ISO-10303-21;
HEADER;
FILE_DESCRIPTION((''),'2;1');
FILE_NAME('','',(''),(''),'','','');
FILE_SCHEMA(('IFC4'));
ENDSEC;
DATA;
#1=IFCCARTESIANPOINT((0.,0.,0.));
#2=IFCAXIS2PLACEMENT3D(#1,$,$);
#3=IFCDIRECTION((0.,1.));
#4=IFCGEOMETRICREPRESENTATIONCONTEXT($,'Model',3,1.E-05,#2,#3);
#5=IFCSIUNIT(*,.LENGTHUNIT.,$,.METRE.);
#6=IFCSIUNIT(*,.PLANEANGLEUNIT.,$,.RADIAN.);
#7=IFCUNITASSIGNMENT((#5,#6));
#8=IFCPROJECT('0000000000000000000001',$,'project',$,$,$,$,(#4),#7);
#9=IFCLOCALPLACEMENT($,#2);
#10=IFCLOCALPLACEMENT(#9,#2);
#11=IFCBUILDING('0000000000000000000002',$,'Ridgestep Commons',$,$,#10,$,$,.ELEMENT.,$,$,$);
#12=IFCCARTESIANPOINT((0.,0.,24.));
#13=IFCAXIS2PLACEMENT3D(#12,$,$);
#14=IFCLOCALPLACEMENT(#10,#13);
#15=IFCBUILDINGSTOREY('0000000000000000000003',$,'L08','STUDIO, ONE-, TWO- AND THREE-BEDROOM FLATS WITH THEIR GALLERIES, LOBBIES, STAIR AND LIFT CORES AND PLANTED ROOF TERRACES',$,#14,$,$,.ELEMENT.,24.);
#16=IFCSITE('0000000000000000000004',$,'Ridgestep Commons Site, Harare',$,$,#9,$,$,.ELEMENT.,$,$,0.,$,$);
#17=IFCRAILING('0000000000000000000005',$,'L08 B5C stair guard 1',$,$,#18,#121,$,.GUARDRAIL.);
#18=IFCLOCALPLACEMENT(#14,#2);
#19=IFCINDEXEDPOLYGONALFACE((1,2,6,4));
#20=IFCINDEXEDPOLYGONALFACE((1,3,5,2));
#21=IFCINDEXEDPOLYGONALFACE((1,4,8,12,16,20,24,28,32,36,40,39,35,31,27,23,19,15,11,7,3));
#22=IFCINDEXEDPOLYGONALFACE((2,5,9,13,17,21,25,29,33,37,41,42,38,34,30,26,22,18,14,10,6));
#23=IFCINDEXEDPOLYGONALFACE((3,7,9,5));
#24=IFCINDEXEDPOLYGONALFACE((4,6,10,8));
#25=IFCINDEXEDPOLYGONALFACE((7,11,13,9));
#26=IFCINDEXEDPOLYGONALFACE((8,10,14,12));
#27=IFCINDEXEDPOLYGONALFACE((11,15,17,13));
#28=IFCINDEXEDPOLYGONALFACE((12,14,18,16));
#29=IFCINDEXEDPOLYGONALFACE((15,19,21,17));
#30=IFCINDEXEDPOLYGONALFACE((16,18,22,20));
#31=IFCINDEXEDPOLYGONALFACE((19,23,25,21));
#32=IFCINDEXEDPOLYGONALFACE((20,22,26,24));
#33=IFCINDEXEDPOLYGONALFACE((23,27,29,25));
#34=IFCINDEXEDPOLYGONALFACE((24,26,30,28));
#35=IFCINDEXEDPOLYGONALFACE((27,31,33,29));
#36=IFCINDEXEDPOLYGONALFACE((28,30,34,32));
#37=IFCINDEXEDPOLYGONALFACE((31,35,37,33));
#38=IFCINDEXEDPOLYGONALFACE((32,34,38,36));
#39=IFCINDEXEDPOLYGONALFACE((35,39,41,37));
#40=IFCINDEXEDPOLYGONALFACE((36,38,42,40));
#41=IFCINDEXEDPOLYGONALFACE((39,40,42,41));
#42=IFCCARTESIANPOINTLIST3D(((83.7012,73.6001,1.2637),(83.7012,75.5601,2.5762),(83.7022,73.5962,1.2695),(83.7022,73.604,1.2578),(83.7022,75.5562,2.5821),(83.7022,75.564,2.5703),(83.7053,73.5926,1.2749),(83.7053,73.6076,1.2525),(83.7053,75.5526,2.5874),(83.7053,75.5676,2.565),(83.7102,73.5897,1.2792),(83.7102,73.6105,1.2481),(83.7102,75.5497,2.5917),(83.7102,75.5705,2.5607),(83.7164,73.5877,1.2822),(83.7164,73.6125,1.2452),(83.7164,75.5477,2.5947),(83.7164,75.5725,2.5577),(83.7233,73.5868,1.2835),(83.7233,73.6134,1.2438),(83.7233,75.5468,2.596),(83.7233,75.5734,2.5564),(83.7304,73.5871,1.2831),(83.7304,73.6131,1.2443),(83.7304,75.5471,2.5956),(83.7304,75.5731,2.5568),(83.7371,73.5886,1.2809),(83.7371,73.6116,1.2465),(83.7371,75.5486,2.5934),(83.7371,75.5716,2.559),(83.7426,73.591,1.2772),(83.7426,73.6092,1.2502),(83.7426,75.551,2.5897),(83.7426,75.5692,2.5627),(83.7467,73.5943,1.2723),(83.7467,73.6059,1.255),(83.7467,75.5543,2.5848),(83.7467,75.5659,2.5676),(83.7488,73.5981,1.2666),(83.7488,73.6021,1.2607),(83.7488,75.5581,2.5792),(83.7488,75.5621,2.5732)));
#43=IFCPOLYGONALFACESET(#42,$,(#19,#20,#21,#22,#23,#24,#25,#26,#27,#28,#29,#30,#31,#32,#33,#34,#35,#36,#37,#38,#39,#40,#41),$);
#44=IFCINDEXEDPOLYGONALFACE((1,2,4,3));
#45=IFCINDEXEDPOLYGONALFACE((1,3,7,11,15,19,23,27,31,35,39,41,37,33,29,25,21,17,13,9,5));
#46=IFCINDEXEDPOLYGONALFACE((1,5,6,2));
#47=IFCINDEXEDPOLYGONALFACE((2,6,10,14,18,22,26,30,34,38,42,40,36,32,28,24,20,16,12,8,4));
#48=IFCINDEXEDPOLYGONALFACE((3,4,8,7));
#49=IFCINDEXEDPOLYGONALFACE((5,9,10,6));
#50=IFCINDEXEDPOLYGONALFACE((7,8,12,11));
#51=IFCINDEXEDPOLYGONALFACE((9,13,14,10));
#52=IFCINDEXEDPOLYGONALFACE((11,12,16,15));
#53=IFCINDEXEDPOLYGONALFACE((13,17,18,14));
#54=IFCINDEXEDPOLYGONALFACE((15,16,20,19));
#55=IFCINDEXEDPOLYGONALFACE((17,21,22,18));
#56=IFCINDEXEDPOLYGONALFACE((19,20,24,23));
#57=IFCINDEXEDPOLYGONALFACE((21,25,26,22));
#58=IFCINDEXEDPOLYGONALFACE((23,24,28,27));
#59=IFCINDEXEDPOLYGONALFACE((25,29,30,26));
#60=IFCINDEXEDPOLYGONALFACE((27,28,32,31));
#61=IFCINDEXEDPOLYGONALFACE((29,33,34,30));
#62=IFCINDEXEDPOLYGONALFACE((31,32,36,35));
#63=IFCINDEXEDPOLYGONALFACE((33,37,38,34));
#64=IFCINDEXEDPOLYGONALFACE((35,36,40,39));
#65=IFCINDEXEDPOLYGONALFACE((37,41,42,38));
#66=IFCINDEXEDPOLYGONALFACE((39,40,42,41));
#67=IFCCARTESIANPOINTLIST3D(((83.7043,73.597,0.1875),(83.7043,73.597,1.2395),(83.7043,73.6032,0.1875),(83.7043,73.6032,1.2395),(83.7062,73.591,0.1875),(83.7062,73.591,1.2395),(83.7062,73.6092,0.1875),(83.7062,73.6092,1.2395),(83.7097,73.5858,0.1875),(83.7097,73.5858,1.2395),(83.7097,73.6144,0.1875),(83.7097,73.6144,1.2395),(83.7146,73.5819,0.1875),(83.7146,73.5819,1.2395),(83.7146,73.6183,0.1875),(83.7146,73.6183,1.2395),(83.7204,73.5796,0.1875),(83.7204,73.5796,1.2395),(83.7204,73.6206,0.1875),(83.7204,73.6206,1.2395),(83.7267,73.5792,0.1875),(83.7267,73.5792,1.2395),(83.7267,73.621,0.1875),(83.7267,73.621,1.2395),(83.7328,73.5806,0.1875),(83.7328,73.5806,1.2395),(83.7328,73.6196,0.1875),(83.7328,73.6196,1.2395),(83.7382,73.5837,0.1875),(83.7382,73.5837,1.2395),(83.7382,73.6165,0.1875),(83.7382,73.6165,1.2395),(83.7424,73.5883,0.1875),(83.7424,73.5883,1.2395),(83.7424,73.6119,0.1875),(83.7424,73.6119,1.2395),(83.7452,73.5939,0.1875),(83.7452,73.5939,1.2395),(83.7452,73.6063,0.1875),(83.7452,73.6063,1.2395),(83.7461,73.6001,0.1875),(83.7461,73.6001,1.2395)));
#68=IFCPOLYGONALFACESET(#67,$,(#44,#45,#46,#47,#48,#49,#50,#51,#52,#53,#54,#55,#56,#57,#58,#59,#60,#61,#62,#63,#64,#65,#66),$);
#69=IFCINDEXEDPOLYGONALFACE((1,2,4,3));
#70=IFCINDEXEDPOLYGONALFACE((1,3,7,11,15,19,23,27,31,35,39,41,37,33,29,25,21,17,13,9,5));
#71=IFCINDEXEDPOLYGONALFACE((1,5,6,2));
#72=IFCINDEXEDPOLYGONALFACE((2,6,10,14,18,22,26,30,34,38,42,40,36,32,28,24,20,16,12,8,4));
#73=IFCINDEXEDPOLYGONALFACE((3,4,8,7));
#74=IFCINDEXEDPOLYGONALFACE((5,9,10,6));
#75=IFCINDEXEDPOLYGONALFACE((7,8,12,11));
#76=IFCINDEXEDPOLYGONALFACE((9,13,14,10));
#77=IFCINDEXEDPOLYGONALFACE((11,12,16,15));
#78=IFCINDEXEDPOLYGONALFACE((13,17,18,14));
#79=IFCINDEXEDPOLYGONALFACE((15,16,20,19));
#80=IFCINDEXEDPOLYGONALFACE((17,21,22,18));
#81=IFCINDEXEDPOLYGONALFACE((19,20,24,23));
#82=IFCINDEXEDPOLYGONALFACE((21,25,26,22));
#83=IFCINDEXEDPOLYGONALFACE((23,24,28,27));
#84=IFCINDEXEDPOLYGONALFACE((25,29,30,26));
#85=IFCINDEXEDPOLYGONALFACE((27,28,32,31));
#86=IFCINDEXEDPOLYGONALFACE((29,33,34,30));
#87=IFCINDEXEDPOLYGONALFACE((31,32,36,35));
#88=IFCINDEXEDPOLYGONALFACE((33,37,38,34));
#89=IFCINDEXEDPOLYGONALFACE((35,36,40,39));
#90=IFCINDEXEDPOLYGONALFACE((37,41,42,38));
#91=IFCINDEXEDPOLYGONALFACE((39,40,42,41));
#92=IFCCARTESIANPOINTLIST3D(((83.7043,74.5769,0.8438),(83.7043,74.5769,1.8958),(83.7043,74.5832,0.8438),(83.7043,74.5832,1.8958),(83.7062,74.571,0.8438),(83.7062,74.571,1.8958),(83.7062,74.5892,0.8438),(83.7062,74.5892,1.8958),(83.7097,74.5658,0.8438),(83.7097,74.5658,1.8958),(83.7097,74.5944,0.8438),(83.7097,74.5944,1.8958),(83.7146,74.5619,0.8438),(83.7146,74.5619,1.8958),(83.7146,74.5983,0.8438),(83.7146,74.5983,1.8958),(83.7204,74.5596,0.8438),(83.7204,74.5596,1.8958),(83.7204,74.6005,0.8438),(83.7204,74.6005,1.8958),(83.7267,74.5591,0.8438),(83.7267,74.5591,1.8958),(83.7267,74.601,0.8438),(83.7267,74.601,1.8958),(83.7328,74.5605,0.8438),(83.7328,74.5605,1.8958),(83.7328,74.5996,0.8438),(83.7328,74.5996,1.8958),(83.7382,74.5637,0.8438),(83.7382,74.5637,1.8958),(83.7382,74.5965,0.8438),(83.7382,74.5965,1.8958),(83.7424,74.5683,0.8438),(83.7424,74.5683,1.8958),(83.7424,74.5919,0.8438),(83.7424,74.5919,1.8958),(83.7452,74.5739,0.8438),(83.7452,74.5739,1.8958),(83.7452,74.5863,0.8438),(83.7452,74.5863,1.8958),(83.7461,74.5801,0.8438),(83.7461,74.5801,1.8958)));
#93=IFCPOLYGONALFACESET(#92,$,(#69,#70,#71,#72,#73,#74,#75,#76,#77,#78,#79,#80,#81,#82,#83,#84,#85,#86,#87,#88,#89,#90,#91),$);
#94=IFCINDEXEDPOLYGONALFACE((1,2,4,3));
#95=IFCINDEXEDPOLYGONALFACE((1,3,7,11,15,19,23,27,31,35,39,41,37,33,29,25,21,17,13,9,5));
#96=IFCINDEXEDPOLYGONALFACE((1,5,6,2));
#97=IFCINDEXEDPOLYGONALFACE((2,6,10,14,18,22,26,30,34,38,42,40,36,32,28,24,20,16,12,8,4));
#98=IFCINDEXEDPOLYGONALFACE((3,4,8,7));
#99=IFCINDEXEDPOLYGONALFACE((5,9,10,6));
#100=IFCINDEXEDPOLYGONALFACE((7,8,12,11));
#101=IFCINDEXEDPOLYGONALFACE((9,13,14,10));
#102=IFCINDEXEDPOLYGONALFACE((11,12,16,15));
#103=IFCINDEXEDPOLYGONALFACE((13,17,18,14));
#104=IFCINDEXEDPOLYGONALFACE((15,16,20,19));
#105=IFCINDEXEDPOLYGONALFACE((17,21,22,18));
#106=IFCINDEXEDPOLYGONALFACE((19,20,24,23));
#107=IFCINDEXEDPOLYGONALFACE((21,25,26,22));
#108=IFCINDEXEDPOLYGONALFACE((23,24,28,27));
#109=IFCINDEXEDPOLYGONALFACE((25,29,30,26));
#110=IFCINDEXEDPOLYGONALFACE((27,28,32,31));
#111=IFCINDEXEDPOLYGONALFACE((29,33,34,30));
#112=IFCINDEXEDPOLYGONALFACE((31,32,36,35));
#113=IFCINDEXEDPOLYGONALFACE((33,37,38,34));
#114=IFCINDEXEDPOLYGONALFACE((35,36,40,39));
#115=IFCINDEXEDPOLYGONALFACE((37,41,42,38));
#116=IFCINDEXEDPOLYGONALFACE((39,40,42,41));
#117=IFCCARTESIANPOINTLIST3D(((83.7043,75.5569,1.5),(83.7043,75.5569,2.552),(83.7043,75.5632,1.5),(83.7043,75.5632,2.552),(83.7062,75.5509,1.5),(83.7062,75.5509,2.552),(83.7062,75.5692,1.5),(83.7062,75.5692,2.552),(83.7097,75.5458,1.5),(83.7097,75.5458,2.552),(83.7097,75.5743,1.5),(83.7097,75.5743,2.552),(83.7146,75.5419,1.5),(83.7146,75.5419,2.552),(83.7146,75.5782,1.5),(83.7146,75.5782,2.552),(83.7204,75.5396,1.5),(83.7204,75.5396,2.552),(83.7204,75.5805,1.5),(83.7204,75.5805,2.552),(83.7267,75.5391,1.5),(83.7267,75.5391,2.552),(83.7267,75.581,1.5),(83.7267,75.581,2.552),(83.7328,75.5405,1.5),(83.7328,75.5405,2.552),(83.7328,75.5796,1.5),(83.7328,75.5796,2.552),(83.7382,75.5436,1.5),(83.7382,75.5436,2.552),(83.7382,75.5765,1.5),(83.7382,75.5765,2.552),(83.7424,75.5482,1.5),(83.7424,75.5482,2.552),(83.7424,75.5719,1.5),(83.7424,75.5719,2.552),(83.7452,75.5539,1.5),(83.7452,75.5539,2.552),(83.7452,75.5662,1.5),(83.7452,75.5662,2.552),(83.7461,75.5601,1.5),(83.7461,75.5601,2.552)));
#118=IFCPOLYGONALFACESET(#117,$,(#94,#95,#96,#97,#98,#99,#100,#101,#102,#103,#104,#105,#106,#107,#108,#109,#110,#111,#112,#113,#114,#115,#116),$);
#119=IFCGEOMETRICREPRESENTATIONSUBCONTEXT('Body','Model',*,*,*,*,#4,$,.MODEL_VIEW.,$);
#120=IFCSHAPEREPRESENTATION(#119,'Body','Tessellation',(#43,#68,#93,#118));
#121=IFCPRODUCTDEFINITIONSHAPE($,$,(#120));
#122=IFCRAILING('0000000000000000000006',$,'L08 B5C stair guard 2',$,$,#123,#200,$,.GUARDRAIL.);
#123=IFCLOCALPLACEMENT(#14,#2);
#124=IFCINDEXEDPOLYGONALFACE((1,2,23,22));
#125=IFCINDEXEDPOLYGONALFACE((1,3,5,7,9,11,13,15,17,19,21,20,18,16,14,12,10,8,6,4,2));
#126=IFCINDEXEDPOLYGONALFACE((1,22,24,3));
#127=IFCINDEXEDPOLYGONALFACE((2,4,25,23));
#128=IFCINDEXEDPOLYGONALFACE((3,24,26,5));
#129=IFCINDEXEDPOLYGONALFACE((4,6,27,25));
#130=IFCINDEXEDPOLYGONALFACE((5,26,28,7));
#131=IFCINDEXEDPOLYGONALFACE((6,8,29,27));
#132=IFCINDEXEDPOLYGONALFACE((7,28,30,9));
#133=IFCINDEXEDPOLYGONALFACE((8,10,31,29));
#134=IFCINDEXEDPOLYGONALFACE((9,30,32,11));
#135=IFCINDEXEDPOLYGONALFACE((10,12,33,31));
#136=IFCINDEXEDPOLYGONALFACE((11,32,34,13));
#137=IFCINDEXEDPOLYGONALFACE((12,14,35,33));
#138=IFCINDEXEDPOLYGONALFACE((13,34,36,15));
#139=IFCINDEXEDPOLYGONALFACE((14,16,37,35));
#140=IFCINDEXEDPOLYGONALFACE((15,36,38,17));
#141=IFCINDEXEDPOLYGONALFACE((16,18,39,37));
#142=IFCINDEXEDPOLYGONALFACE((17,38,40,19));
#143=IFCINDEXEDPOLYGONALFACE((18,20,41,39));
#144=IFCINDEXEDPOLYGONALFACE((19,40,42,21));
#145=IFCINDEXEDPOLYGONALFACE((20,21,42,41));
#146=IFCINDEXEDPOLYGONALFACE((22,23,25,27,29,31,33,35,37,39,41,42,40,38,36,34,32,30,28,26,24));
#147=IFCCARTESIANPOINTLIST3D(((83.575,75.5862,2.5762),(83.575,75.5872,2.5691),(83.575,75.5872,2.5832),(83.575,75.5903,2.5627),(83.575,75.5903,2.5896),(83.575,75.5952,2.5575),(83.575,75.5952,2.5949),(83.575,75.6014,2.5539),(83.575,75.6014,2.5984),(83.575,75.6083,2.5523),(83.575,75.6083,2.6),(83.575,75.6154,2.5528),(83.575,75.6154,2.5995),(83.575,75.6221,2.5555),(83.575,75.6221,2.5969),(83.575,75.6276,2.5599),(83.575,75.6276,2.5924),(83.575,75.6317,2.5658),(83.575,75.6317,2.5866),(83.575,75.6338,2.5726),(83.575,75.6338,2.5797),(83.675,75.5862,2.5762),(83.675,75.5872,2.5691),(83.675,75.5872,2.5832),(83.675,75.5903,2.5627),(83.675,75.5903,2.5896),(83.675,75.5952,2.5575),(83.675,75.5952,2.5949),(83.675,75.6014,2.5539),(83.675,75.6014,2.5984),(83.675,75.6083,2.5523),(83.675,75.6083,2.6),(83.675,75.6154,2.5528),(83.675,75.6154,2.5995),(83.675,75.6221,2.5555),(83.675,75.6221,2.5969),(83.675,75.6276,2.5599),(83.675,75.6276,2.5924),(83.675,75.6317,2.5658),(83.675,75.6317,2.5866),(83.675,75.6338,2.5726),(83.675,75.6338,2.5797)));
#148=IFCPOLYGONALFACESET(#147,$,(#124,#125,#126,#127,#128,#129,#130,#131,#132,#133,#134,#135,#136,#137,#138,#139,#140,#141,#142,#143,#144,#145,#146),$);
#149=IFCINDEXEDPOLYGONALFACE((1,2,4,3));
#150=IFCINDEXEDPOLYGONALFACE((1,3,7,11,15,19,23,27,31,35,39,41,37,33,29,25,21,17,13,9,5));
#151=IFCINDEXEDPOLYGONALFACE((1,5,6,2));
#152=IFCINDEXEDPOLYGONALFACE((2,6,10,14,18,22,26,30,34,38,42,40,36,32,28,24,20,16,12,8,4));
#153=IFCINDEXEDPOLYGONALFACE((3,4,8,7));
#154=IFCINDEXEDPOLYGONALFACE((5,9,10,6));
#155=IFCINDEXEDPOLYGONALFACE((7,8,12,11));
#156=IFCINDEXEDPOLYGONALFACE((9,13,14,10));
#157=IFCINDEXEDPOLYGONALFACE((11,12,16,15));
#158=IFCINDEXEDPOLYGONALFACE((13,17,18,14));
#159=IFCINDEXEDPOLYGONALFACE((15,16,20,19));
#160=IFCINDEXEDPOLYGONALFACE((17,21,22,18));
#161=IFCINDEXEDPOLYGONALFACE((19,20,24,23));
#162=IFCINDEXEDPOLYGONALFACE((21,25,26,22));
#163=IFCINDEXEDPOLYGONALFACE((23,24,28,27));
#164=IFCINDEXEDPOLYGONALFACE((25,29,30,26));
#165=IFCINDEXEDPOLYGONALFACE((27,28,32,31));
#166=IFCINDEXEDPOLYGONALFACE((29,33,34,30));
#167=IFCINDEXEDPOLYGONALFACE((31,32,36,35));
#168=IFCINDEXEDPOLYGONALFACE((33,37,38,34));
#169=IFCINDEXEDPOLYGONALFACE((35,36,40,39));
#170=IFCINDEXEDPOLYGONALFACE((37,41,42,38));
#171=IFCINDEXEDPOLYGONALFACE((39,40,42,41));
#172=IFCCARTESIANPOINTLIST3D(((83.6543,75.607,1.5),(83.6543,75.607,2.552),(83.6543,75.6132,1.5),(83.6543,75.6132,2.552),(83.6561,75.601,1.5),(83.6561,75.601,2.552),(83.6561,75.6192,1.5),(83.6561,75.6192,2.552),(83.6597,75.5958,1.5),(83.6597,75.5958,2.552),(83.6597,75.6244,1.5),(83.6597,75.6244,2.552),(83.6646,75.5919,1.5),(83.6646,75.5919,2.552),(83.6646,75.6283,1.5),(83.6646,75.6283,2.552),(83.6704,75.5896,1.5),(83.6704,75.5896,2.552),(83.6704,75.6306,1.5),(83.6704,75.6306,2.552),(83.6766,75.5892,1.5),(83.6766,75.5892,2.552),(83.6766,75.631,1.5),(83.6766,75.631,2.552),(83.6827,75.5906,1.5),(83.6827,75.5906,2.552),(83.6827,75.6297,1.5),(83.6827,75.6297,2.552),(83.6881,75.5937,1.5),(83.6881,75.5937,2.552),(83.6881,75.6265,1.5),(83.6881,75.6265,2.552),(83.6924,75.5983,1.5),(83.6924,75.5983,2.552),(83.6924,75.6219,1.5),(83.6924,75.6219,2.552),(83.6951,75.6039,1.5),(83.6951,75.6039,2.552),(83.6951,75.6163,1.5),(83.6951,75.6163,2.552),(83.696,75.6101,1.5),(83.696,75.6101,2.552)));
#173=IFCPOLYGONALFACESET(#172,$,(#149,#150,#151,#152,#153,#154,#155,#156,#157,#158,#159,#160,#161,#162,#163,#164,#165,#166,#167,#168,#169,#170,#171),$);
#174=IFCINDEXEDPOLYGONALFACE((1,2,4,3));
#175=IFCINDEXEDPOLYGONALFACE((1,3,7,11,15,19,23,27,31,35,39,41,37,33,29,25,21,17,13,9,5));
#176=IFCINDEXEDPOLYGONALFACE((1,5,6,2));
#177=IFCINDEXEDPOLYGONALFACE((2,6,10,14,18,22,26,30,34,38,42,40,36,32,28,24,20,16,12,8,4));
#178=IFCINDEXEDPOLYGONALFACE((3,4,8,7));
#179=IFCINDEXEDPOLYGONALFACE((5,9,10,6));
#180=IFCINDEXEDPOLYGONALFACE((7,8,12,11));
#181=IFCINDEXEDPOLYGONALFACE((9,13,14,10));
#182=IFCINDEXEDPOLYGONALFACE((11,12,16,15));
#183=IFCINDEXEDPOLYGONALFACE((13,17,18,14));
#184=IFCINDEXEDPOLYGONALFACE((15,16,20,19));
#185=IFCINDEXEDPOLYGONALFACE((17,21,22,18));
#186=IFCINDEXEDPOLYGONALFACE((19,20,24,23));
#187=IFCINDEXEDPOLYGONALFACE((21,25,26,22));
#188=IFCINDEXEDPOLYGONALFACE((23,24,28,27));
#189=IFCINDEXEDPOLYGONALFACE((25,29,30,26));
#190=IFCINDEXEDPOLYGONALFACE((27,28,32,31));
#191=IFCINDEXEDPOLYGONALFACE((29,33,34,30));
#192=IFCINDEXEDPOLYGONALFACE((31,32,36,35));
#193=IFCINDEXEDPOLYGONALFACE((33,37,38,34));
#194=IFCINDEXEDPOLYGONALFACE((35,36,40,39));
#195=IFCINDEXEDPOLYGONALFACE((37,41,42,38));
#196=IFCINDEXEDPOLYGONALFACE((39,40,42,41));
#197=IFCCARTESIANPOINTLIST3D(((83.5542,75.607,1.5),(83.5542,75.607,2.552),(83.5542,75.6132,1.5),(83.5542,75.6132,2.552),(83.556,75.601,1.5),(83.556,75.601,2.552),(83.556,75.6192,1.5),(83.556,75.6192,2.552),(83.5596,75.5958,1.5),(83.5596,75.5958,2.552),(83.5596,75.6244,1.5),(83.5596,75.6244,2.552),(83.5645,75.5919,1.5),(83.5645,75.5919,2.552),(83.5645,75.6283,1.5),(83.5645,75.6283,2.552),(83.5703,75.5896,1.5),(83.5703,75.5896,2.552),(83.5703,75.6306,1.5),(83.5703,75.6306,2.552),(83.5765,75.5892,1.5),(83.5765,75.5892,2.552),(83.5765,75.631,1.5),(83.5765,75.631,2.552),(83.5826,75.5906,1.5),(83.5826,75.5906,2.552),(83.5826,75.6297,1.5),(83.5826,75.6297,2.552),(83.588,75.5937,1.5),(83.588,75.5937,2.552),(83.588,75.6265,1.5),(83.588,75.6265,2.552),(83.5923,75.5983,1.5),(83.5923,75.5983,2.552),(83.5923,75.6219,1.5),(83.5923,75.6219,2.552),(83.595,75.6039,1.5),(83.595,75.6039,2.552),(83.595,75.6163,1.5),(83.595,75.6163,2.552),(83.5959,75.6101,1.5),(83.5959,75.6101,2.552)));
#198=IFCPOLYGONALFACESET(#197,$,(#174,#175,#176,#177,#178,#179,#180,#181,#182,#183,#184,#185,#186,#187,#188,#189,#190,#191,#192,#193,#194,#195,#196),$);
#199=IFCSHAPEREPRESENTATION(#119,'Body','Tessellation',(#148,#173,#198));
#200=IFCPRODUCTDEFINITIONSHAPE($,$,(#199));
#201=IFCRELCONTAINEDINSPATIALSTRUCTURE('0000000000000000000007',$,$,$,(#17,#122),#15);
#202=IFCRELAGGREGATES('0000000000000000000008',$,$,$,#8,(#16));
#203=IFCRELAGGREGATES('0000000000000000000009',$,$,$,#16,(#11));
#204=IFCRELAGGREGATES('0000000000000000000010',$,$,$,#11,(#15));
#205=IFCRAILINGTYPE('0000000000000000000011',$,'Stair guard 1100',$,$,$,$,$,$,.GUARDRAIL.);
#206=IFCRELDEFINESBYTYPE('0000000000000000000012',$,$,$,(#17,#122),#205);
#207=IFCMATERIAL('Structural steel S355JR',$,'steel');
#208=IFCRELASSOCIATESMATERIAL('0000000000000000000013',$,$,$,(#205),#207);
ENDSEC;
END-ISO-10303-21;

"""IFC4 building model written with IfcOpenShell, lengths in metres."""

from ifc_helpers import new_model, si_unit, direction, frame, origin, origin_2d, place, context, subcontext, project, spatial, circle, extrude, material, type_object, element, save


model = new_model("IFC4")

# Units and contexts
model_context = context("Model", 3, precision=1e-05, world=origin(), true_north=direction((0.0, 1.0)))
body_context = subcontext(model_context, "Body", "Model", "MODEL_VIEW")
ifc_project = project(units=[si_unit("LENGTHUNIT", "METRE"), si_unit("PLANEANGLEUNIT", "RADIAN")], contexts=[model_context])

# Site, building, storey
site_placement = place(None, origin())
site = spatial("IfcSite", under=ifc_project, at=site_placement, Name="Ridgestep Commons Site, Harare", CompositionType="ELEMENT", RefElevation=0.0)
building_placement = place(site_placement, origin())
building = spatial("IfcBuilding", under=site, at=building_placement, Name="Ridgestep Commons", CompositionType="ELEMENT")
storey_placement = place(building_placement, frame((0.0, 0.0, 24.0)))
storey = spatial("IfcBuildingStorey", under=building, at=storey_placement, Name="L08", Description="STUDIO, ONE-, TWO- AND THREE-BEDROOM FLATS WITH THEIR GALLERIES, LOBBIES, STAIR AND LIFT CORES AND PLANTED ROOF TERRACES", CompositionType="ELEMENT", Elevation=24.0)

# Railings
ifc_material_1 = material(Name="Structural steel S355JR", Category="steel")
railing_type_1 = type_object("IfcRailingType", Name="Stair guard 1100", PredefinedType="GUARDRAIL", material=ifc_material_1)
railing_1_placement = place(storey_placement, frame((83.7251, 73.6001, 0.1875)))
element("IfcRailing", 1, at=railing_1_placement, inside=storey, type_object=railing_type_1, Name="L08 B5C stair guard 1", PredefinedType="GUARDRAIL", context=body_context, shape_type="SweptSolid", body=[
    extrude(circle(Radius=0.0239, at=origin_2d()), frame((0.0, 0.0, 1.0762), z_axis=(0.0, 0.830902, 0.556419), x_axis=(-1.0, 0.0, 0.0)), (0.0, 0.0, 1.0), 2.3589),
    extrude(circle(Radius=0.021, at=origin_2d()), origin(), (0.0, 0.0, 1.0), 1.052),
    extrude(circle(Radius=0.021, at=origin_2d()), frame((0.0, 0.98, 0.6562)), (0.0, 0.0, 1.0), 1.052),
    extrude(circle(Radius=0.021, at=origin_2d()), frame((0.0, 1.96, 1.3125)), (0.0, 0.0, 1.0), 1.052),
])
railing_2_placement = place(storey_placement, frame((83.675, 75.6101, 1.5)))
element("IfcRailing", 2, at=railing_2_placement, inside=storey, type_object=railing_type_1, Name="L08 B5C stair guard 2", PredefinedType="GUARDRAIL", context=body_context, shape_type="SweptSolid", body=[
    extrude(circle(Radius=0.0239, at=origin_2d()), frame((0.0, 0.0, 1.0762), z_axis=(-1.0, 0.0, 0.0), x_axis=(0.0, -1.0, 0.0)), (0.0, 0.0, 1.0), 0.1001),
    extrude(circle(Radius=0.021, at=origin_2d()), origin(), (0.0, 0.0, 1.0), 1.052),
    extrude(circle(Radius=0.021, at=origin_2d()), frame((-0.1001, 0.0, 0.0)), (0.0, 0.0, 1.0), 1.052),
])

save(model, "model.ifc")
